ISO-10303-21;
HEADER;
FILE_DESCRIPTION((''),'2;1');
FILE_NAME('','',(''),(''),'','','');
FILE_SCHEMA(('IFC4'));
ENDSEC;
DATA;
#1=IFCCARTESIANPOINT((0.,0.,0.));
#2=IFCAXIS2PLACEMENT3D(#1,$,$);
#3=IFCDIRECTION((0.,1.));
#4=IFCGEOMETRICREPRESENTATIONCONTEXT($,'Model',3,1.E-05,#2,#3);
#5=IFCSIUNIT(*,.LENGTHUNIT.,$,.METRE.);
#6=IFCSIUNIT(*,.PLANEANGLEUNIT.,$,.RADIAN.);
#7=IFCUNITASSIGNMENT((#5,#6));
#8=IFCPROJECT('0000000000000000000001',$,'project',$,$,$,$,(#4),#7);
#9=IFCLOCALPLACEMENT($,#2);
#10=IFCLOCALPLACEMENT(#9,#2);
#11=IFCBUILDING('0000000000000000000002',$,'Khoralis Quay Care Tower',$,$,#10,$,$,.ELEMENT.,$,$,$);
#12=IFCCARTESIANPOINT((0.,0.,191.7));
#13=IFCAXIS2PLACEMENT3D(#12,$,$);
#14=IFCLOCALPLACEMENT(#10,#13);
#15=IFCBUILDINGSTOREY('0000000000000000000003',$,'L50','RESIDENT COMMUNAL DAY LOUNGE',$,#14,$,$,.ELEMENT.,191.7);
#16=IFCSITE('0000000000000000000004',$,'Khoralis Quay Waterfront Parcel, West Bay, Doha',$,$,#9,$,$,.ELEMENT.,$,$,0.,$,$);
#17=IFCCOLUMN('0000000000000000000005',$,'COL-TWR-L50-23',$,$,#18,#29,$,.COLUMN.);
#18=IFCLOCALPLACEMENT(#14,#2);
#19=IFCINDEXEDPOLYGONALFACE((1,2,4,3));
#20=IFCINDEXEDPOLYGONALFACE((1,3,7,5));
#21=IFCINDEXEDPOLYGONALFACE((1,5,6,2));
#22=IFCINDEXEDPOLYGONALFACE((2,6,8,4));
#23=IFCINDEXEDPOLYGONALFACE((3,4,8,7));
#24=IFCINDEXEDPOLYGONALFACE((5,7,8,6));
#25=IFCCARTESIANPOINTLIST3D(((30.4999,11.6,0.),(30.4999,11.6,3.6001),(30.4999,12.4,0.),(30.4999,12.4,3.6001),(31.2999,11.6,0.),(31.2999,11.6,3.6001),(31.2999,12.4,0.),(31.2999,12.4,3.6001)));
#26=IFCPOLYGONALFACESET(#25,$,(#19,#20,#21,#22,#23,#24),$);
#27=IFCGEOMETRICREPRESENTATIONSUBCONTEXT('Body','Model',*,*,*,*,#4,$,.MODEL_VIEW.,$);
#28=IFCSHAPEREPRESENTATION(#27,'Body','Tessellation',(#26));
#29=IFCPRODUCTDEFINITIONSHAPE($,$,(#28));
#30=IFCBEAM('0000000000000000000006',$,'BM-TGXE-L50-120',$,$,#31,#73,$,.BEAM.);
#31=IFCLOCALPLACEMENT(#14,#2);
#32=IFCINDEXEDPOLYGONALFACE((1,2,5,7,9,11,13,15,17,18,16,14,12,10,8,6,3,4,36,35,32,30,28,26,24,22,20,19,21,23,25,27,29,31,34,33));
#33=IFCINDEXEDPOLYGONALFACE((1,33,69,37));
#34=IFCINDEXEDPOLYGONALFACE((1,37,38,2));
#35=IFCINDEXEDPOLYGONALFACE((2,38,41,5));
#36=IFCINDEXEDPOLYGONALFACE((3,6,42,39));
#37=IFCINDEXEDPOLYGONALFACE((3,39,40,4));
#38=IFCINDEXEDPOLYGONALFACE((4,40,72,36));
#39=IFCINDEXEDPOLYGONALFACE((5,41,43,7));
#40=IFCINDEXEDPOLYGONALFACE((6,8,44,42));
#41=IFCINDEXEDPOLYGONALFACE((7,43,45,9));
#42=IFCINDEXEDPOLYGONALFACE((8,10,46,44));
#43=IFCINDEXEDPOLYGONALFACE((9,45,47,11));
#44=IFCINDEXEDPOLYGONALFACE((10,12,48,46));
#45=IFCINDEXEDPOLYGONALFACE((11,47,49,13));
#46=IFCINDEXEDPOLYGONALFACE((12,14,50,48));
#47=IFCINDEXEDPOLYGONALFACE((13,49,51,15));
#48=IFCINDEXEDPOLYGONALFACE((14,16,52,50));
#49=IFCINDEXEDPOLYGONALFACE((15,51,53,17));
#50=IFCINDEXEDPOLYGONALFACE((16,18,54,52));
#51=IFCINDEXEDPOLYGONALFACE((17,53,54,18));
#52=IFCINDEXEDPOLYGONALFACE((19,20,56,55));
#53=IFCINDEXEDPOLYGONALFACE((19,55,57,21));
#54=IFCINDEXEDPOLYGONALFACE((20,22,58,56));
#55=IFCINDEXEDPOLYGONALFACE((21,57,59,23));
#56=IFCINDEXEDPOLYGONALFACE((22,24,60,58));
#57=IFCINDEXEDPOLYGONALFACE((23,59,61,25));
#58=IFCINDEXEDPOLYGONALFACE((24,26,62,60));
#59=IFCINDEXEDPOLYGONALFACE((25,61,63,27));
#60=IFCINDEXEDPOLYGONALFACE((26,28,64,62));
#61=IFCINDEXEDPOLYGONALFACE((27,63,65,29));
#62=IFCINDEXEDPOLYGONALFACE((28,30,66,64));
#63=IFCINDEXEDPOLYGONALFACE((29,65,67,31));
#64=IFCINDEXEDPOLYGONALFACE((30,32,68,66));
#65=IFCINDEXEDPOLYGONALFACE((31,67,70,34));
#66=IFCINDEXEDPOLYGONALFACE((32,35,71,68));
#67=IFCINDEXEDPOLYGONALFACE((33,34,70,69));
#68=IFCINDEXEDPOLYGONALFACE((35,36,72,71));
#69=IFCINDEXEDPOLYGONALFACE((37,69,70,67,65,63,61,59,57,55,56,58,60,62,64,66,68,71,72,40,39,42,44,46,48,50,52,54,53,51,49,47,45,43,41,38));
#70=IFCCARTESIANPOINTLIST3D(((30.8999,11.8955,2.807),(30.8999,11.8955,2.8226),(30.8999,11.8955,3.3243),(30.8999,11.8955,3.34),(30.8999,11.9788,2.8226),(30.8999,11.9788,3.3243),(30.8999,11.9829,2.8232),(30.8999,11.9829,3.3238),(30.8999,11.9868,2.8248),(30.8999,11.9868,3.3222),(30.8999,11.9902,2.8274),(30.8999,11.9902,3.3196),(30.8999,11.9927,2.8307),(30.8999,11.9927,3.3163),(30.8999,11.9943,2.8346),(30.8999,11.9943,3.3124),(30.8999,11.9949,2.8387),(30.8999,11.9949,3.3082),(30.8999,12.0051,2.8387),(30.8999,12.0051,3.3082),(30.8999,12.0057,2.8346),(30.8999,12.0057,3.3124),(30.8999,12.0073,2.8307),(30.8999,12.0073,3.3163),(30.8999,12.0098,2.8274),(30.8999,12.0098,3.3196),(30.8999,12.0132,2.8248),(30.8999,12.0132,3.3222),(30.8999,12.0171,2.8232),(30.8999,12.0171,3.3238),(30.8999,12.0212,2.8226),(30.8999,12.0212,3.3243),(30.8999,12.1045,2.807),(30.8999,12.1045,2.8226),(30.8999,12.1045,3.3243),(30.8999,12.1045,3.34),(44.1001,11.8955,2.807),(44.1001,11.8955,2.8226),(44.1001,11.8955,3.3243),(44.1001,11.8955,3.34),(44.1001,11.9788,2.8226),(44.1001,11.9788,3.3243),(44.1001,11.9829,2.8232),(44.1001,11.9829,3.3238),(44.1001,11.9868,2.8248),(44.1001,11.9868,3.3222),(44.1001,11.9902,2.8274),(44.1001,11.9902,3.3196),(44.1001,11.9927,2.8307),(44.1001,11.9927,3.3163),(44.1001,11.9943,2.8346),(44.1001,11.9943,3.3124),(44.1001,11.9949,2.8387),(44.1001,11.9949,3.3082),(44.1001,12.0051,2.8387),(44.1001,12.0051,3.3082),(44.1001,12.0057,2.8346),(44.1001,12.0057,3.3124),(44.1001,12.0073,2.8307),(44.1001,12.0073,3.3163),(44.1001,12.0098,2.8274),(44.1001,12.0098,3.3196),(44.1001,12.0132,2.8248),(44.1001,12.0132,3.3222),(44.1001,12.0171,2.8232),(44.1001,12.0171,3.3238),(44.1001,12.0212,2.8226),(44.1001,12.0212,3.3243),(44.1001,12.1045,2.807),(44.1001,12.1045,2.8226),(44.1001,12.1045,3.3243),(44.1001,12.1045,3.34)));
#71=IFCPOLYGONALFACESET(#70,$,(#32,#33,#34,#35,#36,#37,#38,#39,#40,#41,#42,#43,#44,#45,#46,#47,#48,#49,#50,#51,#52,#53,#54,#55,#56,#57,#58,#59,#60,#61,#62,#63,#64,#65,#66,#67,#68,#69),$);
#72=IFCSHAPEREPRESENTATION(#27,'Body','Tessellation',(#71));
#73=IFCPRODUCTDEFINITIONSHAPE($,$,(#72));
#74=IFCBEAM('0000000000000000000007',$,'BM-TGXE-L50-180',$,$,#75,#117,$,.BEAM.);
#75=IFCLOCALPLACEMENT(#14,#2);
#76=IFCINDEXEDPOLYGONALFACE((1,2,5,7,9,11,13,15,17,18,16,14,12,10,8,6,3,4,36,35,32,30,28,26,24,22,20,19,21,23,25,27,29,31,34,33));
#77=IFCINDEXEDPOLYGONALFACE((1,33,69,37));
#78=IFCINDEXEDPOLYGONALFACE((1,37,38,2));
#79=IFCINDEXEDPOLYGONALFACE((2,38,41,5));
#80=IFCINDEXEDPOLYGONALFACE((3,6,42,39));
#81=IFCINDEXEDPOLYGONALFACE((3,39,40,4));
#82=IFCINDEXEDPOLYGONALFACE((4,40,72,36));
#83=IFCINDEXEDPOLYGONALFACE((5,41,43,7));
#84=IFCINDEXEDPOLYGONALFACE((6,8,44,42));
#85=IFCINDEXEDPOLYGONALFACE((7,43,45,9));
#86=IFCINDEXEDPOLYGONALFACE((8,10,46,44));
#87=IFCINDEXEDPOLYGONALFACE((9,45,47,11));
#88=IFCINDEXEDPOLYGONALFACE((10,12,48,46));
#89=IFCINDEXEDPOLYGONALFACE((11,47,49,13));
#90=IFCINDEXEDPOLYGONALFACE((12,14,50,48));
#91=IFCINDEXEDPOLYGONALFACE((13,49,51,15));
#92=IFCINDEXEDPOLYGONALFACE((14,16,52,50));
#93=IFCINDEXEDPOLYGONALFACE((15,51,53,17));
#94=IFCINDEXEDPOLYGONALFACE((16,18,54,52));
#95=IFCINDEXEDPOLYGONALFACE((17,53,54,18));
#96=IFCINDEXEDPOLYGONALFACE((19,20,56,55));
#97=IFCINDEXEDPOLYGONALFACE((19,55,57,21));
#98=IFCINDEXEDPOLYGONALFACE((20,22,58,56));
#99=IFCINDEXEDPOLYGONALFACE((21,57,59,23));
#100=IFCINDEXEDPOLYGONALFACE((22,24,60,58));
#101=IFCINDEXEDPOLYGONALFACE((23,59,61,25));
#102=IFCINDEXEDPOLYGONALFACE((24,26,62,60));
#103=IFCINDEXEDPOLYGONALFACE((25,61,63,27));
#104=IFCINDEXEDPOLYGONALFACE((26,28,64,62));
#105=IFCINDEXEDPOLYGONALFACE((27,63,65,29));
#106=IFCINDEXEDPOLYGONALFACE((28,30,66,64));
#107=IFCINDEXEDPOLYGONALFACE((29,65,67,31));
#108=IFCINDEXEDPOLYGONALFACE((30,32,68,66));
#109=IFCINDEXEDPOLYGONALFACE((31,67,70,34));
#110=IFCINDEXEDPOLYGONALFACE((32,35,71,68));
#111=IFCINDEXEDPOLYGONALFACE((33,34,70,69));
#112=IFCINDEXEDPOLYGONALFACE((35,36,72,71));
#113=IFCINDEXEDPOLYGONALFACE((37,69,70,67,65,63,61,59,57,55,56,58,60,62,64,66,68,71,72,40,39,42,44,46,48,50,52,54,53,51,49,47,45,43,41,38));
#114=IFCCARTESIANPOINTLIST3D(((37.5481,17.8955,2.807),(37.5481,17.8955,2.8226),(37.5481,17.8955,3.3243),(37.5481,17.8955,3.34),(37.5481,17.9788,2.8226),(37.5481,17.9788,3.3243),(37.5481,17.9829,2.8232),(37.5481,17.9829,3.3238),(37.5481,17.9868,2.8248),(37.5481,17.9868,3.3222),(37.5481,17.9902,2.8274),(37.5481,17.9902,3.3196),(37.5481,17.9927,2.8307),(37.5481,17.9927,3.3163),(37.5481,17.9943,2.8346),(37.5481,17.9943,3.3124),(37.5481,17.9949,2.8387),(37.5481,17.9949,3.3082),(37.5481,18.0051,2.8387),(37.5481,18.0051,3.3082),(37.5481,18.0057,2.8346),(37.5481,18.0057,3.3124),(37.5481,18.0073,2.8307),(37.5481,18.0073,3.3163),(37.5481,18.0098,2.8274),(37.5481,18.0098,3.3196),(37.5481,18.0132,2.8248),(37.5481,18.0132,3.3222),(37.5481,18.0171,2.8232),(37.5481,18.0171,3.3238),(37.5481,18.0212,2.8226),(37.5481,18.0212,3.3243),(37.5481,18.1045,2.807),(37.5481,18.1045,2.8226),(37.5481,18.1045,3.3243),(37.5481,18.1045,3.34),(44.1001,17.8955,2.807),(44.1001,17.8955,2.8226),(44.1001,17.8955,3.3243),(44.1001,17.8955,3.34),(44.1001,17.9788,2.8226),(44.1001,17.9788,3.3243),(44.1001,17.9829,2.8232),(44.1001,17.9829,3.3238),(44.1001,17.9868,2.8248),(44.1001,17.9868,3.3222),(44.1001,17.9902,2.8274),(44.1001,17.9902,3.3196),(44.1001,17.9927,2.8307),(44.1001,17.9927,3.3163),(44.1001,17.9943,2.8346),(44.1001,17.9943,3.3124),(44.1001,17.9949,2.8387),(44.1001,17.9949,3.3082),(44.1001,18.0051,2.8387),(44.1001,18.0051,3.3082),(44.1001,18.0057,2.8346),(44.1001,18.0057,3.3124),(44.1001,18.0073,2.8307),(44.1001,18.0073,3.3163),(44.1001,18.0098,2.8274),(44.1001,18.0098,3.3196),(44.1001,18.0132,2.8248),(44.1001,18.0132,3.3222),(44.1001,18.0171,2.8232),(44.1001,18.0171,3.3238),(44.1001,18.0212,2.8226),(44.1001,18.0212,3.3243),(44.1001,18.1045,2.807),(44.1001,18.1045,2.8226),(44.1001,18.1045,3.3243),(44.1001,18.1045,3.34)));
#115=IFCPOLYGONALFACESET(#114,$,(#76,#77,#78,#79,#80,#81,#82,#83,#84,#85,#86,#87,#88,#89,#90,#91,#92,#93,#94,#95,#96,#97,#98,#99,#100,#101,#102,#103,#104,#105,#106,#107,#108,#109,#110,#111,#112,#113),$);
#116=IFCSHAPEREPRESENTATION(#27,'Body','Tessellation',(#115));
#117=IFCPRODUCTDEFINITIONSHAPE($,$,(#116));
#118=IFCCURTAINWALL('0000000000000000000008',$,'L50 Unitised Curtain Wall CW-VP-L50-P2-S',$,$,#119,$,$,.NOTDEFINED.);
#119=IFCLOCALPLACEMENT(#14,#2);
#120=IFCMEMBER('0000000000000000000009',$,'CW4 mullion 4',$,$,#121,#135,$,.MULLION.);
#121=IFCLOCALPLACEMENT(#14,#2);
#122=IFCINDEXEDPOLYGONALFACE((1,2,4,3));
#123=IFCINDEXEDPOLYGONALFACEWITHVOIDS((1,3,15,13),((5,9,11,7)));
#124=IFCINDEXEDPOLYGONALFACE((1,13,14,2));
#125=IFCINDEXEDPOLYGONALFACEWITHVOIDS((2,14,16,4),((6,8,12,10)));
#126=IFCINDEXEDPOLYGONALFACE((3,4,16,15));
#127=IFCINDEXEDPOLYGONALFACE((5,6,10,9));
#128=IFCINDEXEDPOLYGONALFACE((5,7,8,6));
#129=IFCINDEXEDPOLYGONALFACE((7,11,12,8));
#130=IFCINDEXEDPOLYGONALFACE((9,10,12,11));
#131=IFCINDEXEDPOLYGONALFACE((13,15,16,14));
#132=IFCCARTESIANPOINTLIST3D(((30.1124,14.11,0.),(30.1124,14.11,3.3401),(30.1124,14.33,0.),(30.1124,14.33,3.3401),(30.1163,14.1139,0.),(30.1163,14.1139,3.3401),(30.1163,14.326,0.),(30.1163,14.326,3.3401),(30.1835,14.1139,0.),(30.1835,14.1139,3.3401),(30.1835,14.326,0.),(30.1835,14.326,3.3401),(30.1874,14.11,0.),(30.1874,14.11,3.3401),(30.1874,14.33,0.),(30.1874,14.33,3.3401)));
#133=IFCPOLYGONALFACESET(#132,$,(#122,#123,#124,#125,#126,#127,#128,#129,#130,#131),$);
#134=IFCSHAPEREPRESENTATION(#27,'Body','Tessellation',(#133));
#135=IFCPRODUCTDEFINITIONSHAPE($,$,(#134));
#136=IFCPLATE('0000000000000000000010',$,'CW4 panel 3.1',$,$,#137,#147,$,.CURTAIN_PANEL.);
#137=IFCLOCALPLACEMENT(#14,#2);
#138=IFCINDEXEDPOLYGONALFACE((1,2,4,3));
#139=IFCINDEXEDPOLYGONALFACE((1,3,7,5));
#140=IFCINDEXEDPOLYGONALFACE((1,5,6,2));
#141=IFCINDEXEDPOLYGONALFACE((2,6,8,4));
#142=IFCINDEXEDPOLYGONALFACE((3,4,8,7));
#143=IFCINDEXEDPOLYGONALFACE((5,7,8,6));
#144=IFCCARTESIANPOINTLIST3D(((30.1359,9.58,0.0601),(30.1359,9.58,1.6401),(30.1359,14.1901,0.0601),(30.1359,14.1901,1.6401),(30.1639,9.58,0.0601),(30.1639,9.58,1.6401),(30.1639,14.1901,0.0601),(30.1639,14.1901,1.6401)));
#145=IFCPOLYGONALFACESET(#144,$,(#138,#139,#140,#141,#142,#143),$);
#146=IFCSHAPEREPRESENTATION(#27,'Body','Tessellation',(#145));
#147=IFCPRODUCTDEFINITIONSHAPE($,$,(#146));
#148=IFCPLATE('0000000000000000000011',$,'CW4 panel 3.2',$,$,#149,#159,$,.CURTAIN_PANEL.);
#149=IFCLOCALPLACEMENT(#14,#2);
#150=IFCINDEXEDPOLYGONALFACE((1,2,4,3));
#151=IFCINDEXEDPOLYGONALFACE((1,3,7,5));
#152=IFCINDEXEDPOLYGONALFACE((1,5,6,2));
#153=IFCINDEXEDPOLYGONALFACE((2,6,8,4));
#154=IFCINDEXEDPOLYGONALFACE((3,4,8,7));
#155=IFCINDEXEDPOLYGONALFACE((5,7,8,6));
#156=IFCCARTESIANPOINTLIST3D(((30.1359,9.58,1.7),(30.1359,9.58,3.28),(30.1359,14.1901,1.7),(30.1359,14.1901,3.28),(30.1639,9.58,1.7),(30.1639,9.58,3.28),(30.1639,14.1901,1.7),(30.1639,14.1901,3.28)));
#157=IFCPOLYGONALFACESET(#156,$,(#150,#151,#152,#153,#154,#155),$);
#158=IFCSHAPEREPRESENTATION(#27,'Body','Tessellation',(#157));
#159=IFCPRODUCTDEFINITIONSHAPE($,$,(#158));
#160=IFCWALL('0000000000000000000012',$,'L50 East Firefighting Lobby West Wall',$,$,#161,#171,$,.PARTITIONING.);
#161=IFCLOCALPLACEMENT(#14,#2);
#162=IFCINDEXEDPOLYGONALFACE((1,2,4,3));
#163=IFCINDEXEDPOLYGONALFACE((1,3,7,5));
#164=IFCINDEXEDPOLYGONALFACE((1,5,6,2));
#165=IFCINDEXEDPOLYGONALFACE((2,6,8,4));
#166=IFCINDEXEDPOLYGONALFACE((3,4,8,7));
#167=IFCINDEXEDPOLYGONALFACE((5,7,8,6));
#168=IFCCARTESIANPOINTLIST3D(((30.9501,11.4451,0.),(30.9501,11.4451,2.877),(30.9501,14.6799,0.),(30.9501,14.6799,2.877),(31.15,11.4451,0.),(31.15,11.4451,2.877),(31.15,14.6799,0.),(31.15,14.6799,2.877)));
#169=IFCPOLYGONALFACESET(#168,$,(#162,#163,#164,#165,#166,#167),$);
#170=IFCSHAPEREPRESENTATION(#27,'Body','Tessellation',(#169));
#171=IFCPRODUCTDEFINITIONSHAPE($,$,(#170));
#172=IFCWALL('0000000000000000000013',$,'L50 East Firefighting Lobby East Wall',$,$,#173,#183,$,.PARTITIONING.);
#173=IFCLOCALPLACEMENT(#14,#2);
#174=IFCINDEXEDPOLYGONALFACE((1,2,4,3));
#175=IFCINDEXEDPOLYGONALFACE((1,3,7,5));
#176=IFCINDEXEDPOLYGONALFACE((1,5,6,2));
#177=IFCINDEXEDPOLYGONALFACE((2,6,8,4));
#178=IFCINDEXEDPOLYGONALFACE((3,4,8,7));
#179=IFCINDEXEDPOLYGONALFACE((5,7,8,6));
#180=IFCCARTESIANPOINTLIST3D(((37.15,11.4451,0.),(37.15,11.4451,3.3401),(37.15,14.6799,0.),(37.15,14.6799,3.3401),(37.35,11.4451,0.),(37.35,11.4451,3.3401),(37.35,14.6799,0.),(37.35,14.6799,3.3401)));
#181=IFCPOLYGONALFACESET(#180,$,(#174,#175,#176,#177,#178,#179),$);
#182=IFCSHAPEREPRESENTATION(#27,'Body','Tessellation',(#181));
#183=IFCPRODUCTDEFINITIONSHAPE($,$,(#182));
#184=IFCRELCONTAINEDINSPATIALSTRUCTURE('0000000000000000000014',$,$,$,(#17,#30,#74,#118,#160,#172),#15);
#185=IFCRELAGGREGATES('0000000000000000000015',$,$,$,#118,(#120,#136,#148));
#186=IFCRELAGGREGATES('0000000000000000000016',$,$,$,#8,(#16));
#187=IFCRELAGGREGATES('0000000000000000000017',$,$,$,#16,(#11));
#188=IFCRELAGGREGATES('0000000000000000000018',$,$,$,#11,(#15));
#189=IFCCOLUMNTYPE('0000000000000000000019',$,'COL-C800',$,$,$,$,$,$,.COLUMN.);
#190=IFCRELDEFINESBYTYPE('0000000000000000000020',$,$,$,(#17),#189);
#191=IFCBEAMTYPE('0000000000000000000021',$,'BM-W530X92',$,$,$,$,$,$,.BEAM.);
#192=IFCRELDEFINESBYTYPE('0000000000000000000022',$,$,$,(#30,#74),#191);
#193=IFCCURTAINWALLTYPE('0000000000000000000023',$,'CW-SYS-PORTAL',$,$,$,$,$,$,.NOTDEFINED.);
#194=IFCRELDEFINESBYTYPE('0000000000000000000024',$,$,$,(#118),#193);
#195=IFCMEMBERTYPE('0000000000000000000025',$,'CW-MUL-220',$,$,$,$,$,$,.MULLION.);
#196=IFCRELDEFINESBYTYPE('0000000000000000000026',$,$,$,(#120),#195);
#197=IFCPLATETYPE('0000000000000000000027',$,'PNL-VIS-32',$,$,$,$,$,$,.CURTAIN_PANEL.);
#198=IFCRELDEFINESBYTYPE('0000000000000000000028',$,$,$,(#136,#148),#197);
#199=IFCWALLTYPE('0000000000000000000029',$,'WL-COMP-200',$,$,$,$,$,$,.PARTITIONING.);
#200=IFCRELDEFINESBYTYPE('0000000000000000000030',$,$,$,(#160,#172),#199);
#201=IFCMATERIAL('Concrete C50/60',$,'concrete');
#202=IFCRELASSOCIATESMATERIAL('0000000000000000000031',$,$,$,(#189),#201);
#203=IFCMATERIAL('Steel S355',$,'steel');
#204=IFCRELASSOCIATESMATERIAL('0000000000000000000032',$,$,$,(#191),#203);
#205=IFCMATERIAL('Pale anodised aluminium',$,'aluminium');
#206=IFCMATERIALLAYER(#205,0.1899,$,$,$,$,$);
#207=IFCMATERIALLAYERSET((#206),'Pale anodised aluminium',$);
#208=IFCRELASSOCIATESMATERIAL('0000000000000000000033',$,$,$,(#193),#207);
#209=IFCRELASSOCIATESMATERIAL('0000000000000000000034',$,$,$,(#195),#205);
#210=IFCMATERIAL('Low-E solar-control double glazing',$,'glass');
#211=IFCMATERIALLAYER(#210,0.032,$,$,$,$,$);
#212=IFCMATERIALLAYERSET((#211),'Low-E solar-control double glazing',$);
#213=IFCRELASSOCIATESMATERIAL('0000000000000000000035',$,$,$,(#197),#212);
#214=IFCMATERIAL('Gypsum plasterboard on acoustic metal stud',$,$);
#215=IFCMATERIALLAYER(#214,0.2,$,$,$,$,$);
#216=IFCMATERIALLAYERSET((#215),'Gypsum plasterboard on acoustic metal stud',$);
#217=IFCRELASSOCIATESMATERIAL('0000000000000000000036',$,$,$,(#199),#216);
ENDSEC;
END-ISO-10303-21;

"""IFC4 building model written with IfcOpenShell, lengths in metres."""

from ifc_helpers import new_model, si_unit, direction, frame, frame_2d, origin, origin_2d, place, context, subcontext, project, spatial, rectangle, hollow_rectangle, i_section, extrude, source, transform, mapped, material, layer, layer_set, material_profile, profile_set, type_object, element, aggregate, save


model = new_model("IFC4")

# Units and contexts
model_context = context("Model", 3, precision=1e-05, world=origin(), true_north=direction((0.0, 1.0)))
body_context = subcontext(model_context, "Body", "Model", "MODEL_VIEW")
ifc_project = project(units=[si_unit("LENGTHUNIT", "METRE"), si_unit("PLANEANGLEUNIT", "RADIAN")], contexts=[model_context])

# Site, building, storey
site_placement = place(None, origin())
site = spatial("IfcSite", under=ifc_project, at=site_placement, Name="Khoralis Quay Waterfront Parcel, West Bay, Doha", CompositionType="ELEMENT", RefElevation=0.0)
building_placement = place(site_placement, origin())
building = spatial("IfcBuilding", under=site, at=building_placement, Name="Khoralis Quay Care Tower", CompositionType="ELEMENT")
storey_placement = place(building_placement, frame((0.0, 0.0, 191.7)))
storey = spatial("IfcBuildingStorey", under=building, at=storey_placement, Name="L50", Description="RESIDENT COMMUNAL DAY LOUNGE", CompositionType="ELEMENT", Elevation=191.7)

# Column
ifc_material_1 = material(Name="Concrete C50/60", Category="concrete")
ifc_material_profile_1 = material_profile(ifc_material_1, rectangle(XDim=0.8, YDim=0.8, at=origin_2d()), Name="Concrete C50/60")
ifc_profile_set_1 = profile_set([ifc_material_profile_1], Name="Concrete C50/60")
column_type = type_object("IfcColumnType", Name="COL-C800", PredefinedType="COLUMN", material=ifc_profile_set_1)
shared_shape_1 = source(origin(), body_context, "Body", "SweptSolid", [
    extrude(rectangle(XDim=0.8, YDim=0.8, at=origin_2d()), origin(), (0.0, 0.0, 1.0), 3.6001),
])
column_placement = place(storey_placement, frame((30.8999, 12.0, 0.0), z_axis=(0.0, 0.0, 1.0), x_axis=(1.0, 0.0, 0.0)))
element("IfcColumn", 1, at=column_placement, inside=storey, type_object=column_type, Name="COL-TWR-L50-23", PredefinedType="COLUMN", context=body_context, shape_type="MappedRepresentation", body=[
    mapped(shared_shape_1, transform((0.0, 0.0, 0.0), scale=1.0)),
])

# Beams
ifc_material_2 = material(Name="Steel S355", Category="steel")
ifc_material_profile_2 = material_profile(ifc_material_2, i_section(OverallWidth=0.209, OverallDepth=0.533, WebThickness=0.0103, FlangeThickness=0.0156, FilletRadius=0.0161, at=origin_2d()), Name="Steel S355")
ifc_profile_set_2 = profile_set([ifc_material_profile_2], Name="Steel S355")
beam_type = type_object("IfcBeamType", Name="BM-W530X92", PredefinedType="BEAM", material=ifc_profile_set_2)
shared_shape_2 = source(origin(), body_context, "Body", "SweptSolid", [
    extrude(i_section(OverallWidth=0.209, OverallDepth=0.533, WebThickness=0.0103, FlangeThickness=0.0156, FilletRadius=0.0161, at=origin_2d()), origin(), (0.0, 0.0, 1.0), 13.2002),
])
beam_1_placement = place(storey_placement, frame((30.8999, 12.0, 3.0735), z_axis=(1.0, 0.0, 0.0), x_axis=(0.0, 1.0, 0.0)))
element("IfcBeam", 2, at=beam_1_placement, inside=storey, type_object=beam_type, Name="BM-TGXE-L50-120", PredefinedType="BEAM", context=body_context, shape_type="MappedRepresentation", body=[
    mapped(shared_shape_2, transform((0.0, 0.0, 0.0), scale=1.0)),
])
shared_shape_3 = source(origin(), body_context, "Body", "SweptSolid", [
    extrude(i_section(OverallWidth=0.209, OverallDepth=0.533, WebThickness=0.0103, FlangeThickness=0.0156, FilletRadius=0.0161, at=origin_2d()), origin(), (0.0, 0.0, 1.0), 6.552),
])
beam_2_placement = place(storey_placement, frame((37.5481, 18.0, 3.0735), z_axis=(1.0, 0.0, 0.0), x_axis=(0.0, 1.0, 0.0)))
element("IfcBeam", 3, at=beam_2_placement, inside=storey, type_object=beam_type, Name="BM-TGXE-L50-180", PredefinedType="BEAM", context=body_context, shape_type="MappedRepresentation", body=[
    mapped(shared_shape_3, transform((0.0, 0.0, 0.0), scale=1.0)),
])

# Curtain wall, member, plates
ifc_material_3 = material(Name="Pale anodised aluminium", Category="aluminium")
ifc_layer_1 = layer(ifc_material_3, 0.1899)
ifc_layer_set_1 = layer_set([ifc_layer_1], Name="Pale anodised aluminium")
curtain_wall_type = type_object("IfcCurtainWallType", Name="CW-SYS-PORTAL", PredefinedType="NOTDEFINED", material=ifc_layer_set_1)
curtain_wall_placement = place(storey_placement, origin())
curtain_wall = element("IfcCurtainWall", 4, at=curtain_wall_placement, inside=storey, type_object=curtain_wall_type, Name="L50 Unitised Curtain Wall CW-VP-L50-P2-S", PredefinedType="NOTDEFINED")
ifc_material_profile_3 = material_profile(ifc_material_3, hollow_rectangle(XDim=0.075, YDim=0.22, WallThickness=0.0039, at=origin_2d()), Name="Pale anodised aluminium")
ifc_profile_set_3 = profile_set([ifc_material_profile_3], Name="Pale anodised aluminium")
member_type = type_object("IfcMemberType", Name="CW-MUL-220", PredefinedType="MULLION", material=ifc_profile_set_3)
shared_shape_4 = source(origin(), body_context, "Body", "SweptSolid", [
    extrude(hollow_rectangle(XDim=0.075, YDim=0.22, WallThickness=0.0039, at=origin_2d()), origin(), (0.0, 0.0, 1.0), 3.3401),
])
member_placement = place(storey_placement, frame((30.1499, 14.22, 0.0), z_axis=(0.0, 0.0, 1.0), x_axis=(-1.0, 0.0, 0.0)))
member = element("IfcMember", 5, at=member_placement, type_object=member_type, Name="CW4 mullion 4", PredefinedType="MULLION", context=body_context, shape_type="MappedRepresentation", body=[
    mapped(shared_shape_4, transform((0.0, 0.0, 0.0), scale=1.0)),
])
ifc_material_4 = material(Name="Low-E solar-control double glazing", Category="glass")
ifc_layer_2 = layer(ifc_material_4, 0.032)
ifc_layer_set_2 = layer_set([ifc_layer_2], Name="Low-E solar-control double glazing")
plate_type = type_object("IfcPlateType", Name="PNL-VIS-32", PredefinedType="CURTAIN_PANEL", material=ifc_layer_set_2)
shared_shape_5 = source(origin(), body_context, "Body", "SweptSolid", [
    extrude(rectangle(XDim=4.6101, YDim=0.0281, at=origin_2d()), origin(), (0.0, 0.0, 1.0), 1.5801),
])
plate_1_placement = place(storey_placement, frame((30.1499, 11.885, 0.0601), z_axis=(0.0, 0.0, 1.0), x_axis=(0.0, 1.0, 0.0)))
plate_1 = element("IfcPlate", 6, at=plate_1_placement, type_object=plate_type, Name="CW4 panel 3.1", PredefinedType="CURTAIN_PANEL", context=body_context, shape_type="MappedRepresentation", body=[
    mapped(shared_shape_5, transform((0.0, 0.0, 0.0), scale=1.0)),
])
plate_2_placement = place(storey_placement, frame((30.1499, 11.885, 1.7), z_axis=(0.0, 0.0, 1.0), x_axis=(0.0, 1.0, 0.0)))
plate_2 = element("IfcPlate", 7, at=plate_2_placement, type_object=plate_type, Name="CW4 panel 3.2", PredefinedType="CURTAIN_PANEL", context=body_context, shape_type="MappedRepresentation", body=[
    mapped(shared_shape_5, transform((0.0, 0.0, 0.0), scale=1.0)),
])
aggregate(curtain_wall, [member, plate_1, plate_2])

# Walls
ifc_material_5 = material(Name="Gypsum plasterboard on acoustic metal stud")
ifc_layer_3 = layer(ifc_material_5, 0.2)
ifc_layer_set_3 = layer_set([ifc_layer_3], Name="Gypsum plasterboard on acoustic metal stud")
wall_type_1 = type_object("IfcWallType", Name="WL-COMP-200", PredefinedType="PARTITIONING", material=ifc_layer_set_3)
wall_1_placement = place(storey_placement, frame((31.05, 11.4451, 0.0), z_axis=(0.0, 0.0, 1.0), x_axis=(0.0, 1.0, 0.0)))
element("IfcWall", 8, at=wall_1_placement, inside=storey, type_object=wall_type_1, Name="L50 East Firefighting Lobby West Wall", PredefinedType="PARTITIONING", context=body_context, shape_type="SweptSolid", body=[
    extrude(rectangle(XDim=3.2349, YDim=0.2, at=frame_2d((1.6174, 0.0))), origin(), (0.0, 0.0, 1.0), 2.877),
])
wall_2_placement = place(storey_placement, frame((37.25, 11.4451, 0.0), z_axis=(0.0, 0.0, 1.0), x_axis=(0.0, 1.0, 0.0)))
element("IfcWall", 9, at=wall_2_placement, inside=storey, type_object=wall_type_1, Name="L50 East Firefighting Lobby East Wall", PredefinedType="PARTITIONING", context=body_context, shape_type="SweptSolid", body=[
    extrude(rectangle(XDim=3.2349, YDim=0.2, at=frame_2d((1.6174, 0.0))), origin(), (0.0, 0.0, 1.0), 3.3401),
])

save(model, "model.ifc")
